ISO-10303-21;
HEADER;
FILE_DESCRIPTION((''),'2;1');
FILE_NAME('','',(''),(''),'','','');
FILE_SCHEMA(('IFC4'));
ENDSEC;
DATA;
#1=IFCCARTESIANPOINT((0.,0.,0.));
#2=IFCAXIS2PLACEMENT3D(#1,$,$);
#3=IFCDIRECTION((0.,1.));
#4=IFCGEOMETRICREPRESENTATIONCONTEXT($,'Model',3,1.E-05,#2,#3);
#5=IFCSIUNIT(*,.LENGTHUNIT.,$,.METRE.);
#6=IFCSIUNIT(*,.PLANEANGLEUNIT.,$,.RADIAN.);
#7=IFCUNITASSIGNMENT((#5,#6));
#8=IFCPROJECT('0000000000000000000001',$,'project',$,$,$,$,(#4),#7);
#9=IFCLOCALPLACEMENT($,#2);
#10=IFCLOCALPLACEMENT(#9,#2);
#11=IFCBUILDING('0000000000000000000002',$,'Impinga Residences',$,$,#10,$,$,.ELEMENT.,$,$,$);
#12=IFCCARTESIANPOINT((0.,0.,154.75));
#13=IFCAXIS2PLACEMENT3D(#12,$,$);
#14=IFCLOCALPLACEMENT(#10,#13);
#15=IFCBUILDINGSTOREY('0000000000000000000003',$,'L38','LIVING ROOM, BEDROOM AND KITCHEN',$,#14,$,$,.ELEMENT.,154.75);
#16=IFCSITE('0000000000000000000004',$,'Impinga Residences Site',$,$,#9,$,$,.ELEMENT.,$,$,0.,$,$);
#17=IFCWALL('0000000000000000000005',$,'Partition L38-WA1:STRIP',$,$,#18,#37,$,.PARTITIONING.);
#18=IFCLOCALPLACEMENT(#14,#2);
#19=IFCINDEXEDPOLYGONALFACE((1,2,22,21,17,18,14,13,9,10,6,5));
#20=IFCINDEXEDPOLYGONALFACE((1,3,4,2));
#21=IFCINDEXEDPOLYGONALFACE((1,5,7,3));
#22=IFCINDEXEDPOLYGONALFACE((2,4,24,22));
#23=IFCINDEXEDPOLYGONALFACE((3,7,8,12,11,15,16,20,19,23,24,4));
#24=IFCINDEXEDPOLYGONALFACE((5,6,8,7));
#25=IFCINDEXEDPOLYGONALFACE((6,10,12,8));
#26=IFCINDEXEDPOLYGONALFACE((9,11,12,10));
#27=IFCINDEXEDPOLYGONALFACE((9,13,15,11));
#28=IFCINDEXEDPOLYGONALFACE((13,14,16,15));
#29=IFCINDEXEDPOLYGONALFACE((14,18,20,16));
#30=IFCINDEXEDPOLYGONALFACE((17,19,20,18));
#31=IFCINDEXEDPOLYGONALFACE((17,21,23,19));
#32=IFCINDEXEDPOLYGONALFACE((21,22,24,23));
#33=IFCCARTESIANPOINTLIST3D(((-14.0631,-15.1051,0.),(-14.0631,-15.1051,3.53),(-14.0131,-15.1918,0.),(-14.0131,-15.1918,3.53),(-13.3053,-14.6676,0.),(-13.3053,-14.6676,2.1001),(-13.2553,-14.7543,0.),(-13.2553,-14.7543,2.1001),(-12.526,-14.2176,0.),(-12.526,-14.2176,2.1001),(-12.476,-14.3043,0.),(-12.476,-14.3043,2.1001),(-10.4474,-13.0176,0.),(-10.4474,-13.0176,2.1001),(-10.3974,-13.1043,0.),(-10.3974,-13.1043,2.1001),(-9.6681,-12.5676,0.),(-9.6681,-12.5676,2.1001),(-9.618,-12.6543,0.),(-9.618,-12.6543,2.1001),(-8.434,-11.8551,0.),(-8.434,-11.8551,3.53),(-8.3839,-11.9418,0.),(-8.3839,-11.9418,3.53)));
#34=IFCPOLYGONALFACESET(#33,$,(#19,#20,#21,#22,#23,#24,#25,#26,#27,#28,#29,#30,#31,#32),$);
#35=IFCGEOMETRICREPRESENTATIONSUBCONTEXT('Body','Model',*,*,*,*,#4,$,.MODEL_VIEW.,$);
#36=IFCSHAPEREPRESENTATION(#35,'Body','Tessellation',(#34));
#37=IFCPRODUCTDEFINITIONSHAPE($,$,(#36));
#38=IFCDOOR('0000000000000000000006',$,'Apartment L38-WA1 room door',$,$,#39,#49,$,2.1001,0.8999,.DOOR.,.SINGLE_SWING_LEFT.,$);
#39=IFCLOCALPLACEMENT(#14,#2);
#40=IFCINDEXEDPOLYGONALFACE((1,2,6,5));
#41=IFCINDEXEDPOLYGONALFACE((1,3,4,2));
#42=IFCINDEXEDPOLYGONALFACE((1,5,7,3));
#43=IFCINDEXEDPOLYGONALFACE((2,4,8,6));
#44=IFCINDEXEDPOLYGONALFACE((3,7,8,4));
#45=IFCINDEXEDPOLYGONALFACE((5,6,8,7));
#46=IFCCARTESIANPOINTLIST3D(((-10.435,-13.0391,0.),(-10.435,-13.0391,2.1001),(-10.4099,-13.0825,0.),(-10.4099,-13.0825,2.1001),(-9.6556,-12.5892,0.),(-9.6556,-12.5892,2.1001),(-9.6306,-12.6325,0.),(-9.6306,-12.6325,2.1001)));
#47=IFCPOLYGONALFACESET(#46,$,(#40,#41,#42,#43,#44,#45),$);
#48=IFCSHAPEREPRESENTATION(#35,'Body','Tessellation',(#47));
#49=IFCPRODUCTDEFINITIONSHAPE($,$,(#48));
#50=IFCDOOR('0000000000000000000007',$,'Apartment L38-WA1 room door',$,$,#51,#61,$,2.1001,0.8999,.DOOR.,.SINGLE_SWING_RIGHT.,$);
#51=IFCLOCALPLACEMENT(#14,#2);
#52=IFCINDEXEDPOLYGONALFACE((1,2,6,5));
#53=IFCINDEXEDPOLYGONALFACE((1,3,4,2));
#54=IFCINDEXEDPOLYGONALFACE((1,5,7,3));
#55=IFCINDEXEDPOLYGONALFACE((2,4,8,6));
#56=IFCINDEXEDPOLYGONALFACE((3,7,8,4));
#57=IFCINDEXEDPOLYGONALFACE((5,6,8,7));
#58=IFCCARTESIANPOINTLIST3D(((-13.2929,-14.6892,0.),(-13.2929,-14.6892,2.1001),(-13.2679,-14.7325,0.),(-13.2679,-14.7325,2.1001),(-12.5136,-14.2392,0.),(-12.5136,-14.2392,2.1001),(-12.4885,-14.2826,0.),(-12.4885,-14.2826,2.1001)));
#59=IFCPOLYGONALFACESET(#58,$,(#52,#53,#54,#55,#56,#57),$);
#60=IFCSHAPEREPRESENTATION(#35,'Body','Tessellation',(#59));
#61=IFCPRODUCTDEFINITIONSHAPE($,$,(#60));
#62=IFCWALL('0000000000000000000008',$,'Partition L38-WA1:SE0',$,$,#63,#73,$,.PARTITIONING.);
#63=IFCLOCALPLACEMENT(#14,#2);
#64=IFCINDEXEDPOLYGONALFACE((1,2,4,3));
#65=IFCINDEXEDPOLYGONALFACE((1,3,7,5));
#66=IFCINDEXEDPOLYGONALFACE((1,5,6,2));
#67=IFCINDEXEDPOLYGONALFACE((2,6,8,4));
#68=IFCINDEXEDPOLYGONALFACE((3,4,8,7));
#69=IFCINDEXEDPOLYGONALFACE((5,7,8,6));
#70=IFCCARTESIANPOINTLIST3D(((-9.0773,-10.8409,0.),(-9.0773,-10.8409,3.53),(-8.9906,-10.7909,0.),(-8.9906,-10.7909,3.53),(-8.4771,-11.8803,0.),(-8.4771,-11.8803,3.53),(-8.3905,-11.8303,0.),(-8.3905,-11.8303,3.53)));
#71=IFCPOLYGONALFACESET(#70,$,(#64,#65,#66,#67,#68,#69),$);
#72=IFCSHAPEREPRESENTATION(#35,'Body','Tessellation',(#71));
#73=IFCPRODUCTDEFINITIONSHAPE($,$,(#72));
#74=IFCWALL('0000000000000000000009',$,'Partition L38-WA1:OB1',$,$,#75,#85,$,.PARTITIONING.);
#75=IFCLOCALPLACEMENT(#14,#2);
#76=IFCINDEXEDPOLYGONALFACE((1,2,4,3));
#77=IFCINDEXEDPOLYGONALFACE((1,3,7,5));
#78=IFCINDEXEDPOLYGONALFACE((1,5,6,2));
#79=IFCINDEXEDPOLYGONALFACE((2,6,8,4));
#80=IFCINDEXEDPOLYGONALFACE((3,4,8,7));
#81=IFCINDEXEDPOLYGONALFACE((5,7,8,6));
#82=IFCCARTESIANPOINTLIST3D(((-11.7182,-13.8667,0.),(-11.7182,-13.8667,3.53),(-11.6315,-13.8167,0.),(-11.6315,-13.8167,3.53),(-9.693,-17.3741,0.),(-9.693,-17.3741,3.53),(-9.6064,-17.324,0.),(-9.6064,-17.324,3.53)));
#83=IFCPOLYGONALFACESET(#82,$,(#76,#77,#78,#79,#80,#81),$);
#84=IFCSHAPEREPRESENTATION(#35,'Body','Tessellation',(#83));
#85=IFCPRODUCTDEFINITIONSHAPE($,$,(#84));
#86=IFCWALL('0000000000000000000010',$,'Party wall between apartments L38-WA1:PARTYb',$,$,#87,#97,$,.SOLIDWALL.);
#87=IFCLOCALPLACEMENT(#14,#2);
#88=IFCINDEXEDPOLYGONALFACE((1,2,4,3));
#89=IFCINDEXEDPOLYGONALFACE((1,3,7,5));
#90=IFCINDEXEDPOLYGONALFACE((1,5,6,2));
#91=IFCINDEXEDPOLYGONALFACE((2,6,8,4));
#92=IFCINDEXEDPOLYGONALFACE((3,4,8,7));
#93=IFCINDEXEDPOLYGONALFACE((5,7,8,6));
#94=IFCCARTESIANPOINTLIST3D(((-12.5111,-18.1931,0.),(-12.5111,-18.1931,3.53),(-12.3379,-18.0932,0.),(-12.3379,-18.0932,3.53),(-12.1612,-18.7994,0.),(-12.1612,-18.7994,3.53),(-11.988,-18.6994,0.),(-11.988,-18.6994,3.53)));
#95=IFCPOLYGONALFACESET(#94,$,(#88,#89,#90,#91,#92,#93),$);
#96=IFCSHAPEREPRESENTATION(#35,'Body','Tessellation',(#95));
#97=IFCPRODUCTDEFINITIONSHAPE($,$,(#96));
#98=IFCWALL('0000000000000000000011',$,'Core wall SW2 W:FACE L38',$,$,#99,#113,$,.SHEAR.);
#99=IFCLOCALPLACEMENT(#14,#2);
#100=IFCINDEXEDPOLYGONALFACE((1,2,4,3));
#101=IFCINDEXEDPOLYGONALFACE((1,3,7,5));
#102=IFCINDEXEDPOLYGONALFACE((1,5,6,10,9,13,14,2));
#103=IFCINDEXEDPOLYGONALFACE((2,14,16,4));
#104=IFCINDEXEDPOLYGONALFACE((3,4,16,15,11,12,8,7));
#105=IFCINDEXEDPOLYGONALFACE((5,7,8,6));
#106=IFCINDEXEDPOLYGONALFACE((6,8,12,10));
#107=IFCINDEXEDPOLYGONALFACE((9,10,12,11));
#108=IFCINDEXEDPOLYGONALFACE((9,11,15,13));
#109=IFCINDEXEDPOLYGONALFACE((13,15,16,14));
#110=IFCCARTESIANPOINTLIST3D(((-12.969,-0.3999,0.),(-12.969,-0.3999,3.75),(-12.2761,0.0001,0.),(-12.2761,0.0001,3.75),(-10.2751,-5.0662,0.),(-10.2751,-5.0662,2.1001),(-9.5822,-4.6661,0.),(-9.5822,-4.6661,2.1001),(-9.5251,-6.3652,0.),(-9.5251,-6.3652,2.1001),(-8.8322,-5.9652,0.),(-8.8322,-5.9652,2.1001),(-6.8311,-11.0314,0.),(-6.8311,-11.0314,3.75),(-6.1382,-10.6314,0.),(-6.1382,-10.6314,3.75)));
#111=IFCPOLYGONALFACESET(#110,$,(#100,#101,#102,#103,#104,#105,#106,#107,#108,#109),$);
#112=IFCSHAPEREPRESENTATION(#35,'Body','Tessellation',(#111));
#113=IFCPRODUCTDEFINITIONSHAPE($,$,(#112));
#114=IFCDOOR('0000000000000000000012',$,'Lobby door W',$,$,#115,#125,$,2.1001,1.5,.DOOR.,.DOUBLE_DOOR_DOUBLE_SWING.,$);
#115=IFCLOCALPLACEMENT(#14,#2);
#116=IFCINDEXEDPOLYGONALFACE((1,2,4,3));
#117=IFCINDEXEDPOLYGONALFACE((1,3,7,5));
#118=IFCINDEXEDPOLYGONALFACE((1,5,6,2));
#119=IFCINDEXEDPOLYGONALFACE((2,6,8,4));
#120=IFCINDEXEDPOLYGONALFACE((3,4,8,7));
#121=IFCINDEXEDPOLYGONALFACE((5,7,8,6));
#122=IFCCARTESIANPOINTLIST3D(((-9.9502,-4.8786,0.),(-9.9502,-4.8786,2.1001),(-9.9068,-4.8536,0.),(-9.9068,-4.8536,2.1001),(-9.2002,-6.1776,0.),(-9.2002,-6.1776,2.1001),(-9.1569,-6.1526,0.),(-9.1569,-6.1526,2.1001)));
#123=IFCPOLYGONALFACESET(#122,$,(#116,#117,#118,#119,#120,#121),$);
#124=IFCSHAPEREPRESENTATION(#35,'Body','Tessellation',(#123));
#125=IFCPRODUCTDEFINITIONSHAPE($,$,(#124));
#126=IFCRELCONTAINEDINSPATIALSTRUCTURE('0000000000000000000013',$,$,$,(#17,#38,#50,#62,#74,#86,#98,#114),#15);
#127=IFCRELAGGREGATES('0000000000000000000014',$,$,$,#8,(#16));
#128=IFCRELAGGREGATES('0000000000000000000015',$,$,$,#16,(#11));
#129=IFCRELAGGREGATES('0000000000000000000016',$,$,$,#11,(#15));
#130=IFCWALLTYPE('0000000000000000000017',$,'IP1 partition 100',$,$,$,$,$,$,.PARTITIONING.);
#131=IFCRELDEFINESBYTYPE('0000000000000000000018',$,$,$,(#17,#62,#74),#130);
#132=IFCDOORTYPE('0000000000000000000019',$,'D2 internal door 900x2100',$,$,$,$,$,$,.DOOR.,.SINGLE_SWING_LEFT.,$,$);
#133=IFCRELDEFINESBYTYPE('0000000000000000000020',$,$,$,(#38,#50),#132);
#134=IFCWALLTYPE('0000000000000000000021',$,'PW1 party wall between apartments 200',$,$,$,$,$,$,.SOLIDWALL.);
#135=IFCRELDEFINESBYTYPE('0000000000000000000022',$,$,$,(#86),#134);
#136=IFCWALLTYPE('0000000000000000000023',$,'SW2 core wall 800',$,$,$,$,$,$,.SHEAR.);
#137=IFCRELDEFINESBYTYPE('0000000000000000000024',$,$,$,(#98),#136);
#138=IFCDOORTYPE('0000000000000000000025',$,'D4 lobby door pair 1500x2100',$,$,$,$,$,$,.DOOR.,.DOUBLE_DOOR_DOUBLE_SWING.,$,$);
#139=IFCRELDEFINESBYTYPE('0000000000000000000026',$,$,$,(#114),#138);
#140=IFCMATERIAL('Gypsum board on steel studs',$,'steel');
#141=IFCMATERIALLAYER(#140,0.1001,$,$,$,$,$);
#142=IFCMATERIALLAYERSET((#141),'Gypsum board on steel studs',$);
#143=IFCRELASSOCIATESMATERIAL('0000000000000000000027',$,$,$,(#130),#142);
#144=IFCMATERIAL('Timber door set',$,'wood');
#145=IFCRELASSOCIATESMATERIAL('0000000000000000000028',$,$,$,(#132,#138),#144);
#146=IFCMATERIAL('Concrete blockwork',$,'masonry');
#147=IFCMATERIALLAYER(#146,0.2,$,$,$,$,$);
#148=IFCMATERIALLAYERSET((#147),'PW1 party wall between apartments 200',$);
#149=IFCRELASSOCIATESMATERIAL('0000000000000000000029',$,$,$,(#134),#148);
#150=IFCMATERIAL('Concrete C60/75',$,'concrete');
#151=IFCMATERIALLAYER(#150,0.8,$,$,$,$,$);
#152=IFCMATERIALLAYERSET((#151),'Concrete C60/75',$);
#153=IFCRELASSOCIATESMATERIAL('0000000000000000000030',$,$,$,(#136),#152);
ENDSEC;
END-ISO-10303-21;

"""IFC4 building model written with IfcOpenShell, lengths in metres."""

from ifc_helpers import new_model, si_unit, direction, frame, frame_2d, origin, place, context, subcontext, project, spatial, rectangle, extrude, material, layer, layer_set, type_object, element, fill, save


model = new_model("IFC4")

# Units and contexts
model_context = context("Model", 3, precision=1e-05, world=origin(), true_north=direction((0.0, 1.0)))
body_context = subcontext(model_context, "Body", "Model", "MODEL_VIEW")
ifc_project = project(units=[si_unit("LENGTHUNIT", "METRE"), si_unit("PLANEANGLEUNIT", "RADIAN")], contexts=[model_context])

# Site, building, storey
site_placement = place(None, origin())
site = spatial("IfcSite", under=ifc_project, at=site_placement, Name="Impinga Residences Site", CompositionType="ELEMENT", RefElevation=0.0)
building_placement = place(site_placement, origin())
building = spatial("IfcBuilding", under=site, at=building_placement, Name="Impinga Residences", CompositionType="ELEMENT")
storey_placement = place(building_placement, frame((0.0, 0.0, 154.75)))
storey = spatial("IfcBuildingStorey", under=building, at=storey_placement, Name="L38", Description="LIVING ROOM, BEDROOM AND KITCHEN", CompositionType="ELEMENT", Elevation=154.75)

# Shared definitions
ifc_material_1 = material(Name="Concrete C60/75", Category="concrete")

# Shared definitions
ifc_material_2 = material(Name="Gypsum board on steel studs", Category="steel")
ifc_layer_1 = layer(ifc_material_2, 0.1001)
ifc_layer_set_1 = layer_set([ifc_layer_1], Name="Gypsum board on steel studs")
wall_type_1 = type_object("IfcWallType", Name="IP1 partition 100", PredefinedType="PARTITIONING", material=ifc_layer_set_1)

# Wall, openings, doors
wall_1_placement = place(storey_placement, frame((-8.4089, -11.8984, 0.0), z_axis=(0.0, 0.0, 1.0), x_axis=(-0.866025, -0.500001, 0.0)))
wall_1 = element("IfcWall", 1, at=wall_1_placement, inside=storey, type_object=wall_type_1, Name="Partition L38-WA1:STRIP", PredefinedType="PARTITIONING", context=body_context, shape_type="SweptSolid", body=[
    extrude(rectangle(XDim=6.5, YDim=0.1001, at=frame_2d((3.25, 0.0))), origin(), (0.0, 0.0, 1.0), 3.53),
])
opening_1_placement = place(wall_1_placement, frame((1.425, 0.0, 0.0)))
opening_1 = element("IfcOpeningElement", 2, at=opening_1_placement, cuts=wall_1, PredefinedType="OPENING", context=body_context, shape_type="SweptSolid", body=[
    extrude(rectangle(XDim=0.8999, YDim=2.1001, at=frame_2d((0.45, 1.05))), frame((0.0, 0.0601, 0.0), z_axis=(0.0, -1.0, 0.0), x_axis=(1.0, 0.0, 0.0)), (0.0, 0.0, 1.0), 0.1201),
])
opening_2_placement = place(wall_1_placement, frame((4.7251, 0.0, 0.0)))
opening_2 = element("IfcOpeningElement", 3, at=opening_2_placement, cuts=wall_1, PredefinedType="OPENING", context=body_context, shape_type="SweptSolid", body=[
    extrude(rectangle(XDim=0.8999, YDim=2.1001, at=frame_2d((0.45, 1.05))), frame((0.0, 0.0601, 0.0), z_axis=(0.0, -1.0, 0.0), x_axis=(1.0, 0.0, 0.0)), (0.0, 0.0, 1.0), 0.1201),
])
ifc_material_3 = material(Name="Timber door set", Category="wood")
door_type_1 = type_object("IfcDoorType", Name="D2 internal door 900x2100", OperationType="SINGLE_SWING_LEFT", PredefinedType="DOOR", material=ifc_material_3)
door_1_placement = place(opening_1_placement, origin())
door_1 = element("IfcDoor", 4, at=door_1_placement, inside=storey, type_object=door_type_1, Name="Apartment L38-WA1 room door", OperationType="SINGLE_SWING_LEFT", OverallHeight=2.1001, OverallWidth=0.8999, PredefinedType="DOOR", context=body_context, shape_type="SweptSolid", body=[
    extrude(rectangle(XDim=0.8999, YDim=2.1001, at=frame_2d((0.45, 1.05))), frame((0.0, 0.0249, 0.0), z_axis=(0.0, -1.0, 0.0), x_axis=(1.0, 0.0, 0.0)), (0.0, 0.0, 1.0), 0.05),
])
fill(opening_1, door_1)
door_2_placement = place(opening_2_placement, origin())
door_2 = element("IfcDoor", 5, at=door_2_placement, inside=storey, type_object=door_type_1, Name="Apartment L38-WA1 room door", OperationType="SINGLE_SWING_RIGHT", OverallHeight=2.1001, OverallWidth=0.8999, PredefinedType="DOOR", context=body_context, shape_type="SweptSolid", body=[
    extrude(rectangle(XDim=0.8999, YDim=2.1001, at=frame_2d((0.45, 1.05))), frame((0.0, 0.0249, 0.0), z_axis=(0.0, -1.0, 0.0), x_axis=(1.0, 0.0, 0.0)), (0.0, 0.0, 1.0), 0.05),
])
fill(opening_2, door_2)

# Walls
wall_2_placement = place(storey_placement, frame((-9.0339, -10.8159, 0.0), z_axis=(0.0, 0.0, 1.0), x_axis=(0.500034, -0.866006, 0.0)))
element("IfcWall", 6, at=wall_2_placement, inside=storey, type_object=wall_type_1, Name="Partition L38-WA1:SE0", PredefinedType="PARTITIONING", context=body_context, shape_type="SweptSolid", body=[
    extrude(rectangle(XDim=1.2002, YDim=0.1001, at=frame_2d((0.6001, 0.0))), origin(), (0.0, 0.0, 1.0), 3.53),
])
wall_3_placement = place(storey_placement, frame((-11.6748, -13.8418, 0.0), z_axis=(0.0, 0.0, 1.0), x_axis=(0.500036, -0.866005, 0.0)))
element("IfcWall", 7, at=wall_3_placement, inside=storey, type_object=wall_type_1, Name="Partition L38-WA1:OB1", PredefinedType="PARTITIONING", context=body_context, shape_type="SweptSolid", body=[
    extrude(rectangle(XDim=4.05, YDim=0.1001, at=frame_2d((2.0249, 0.0))), origin(), (0.0, 0.0, 1.0), 3.53),
])
ifc_material_4 = material(Name="Concrete blockwork", Category="masonry")
ifc_layer_2 = layer(ifc_material_4, 0.2)
ifc_layer_set_2 = layer_set([ifc_layer_2], Name="PW1 party wall between apartments 200")
wall_type_2 = type_object("IfcWallType", Name="PW1 party wall between apartments 200", PredefinedType="SOLIDWALL", material=ifc_layer_set_2)
wall_4_placement = place(storey_placement, frame((-12.4246, -18.1431, 0.0), z_axis=(0.0, 0.0, 1.0), x_axis=(0.499853, -0.86611, 0.0)))
element("IfcWall", 8, at=wall_4_placement, inside=storey, type_object=wall_type_2, Name="Party wall between apartments L38-WA1:PARTYb", PredefinedType="SOLIDWALL", context=body_context, shape_type="SweptSolid", body=[
    extrude(rectangle(XDim=0.7, YDim=0.2, at=frame_2d((0.3501, 0.0))), origin(), (0.0, 0.0, 1.0), 3.53),
])

# Wall, opening, door
ifc_layer_3 = layer(ifc_material_1, 0.8)
ifc_layer_set_3 = layer_set([ifc_layer_3], Name="Concrete C60/75")
wall_type_3 = type_object("IfcWallType", Name="SW2 core wall 800", PredefinedType="SHEAR", material=ifc_layer_set_3)
wall_5_placement = place(storey_placement, frame((-6.4846, -10.8315, 0.0), z_axis=(0.0, 0.0, 1.0), x_axis=(-0.499987, 0.866033, 0.0)))
wall_5 = element("IfcWall", 9, at=wall_5_placement, inside=storey, type_object=wall_type_3, Name="Core wall SW2 W:FACE L38", PredefinedType="SHEAR", context=body_context, shape_type="SweptSolid", body=[
    extrude(rectangle(XDim=12.2761, YDim=0.8, at=frame_2d((6.1382, 0.0))), origin(), (0.0, 0.0, 1.0), 3.75),
])
opening_3_placement = place(wall_5_placement, frame((5.3882, 0.0, 0.0)))
opening_3 = element("IfcOpeningElement", 10, at=opening_3_placement, cuts=wall_5, PredefinedType="OPENING", context=body_context, shape_type="SweptSolid", body=[
    extrude(rectangle(XDim=1.5, YDim=2.1001, at=frame_2d((0.75, 1.05))), frame((0.0, 0.4099, 0.0), z_axis=(0.0, -1.0, 0.0), x_axis=(1.0, 0.0, 0.0)), (0.0, 0.0, 1.0), 0.8201),
])
door_type_2 = type_object("IfcDoorType", Name="D4 lobby door pair 1500x2100", OperationType="DOUBLE_DOOR_DOUBLE_SWING", PredefinedType="DOOR", material=ifc_material_3)
door_3_placement = place(opening_3_placement, origin())
door_3 = element("IfcDoor", 11, at=door_3_placement, inside=storey, type_object=door_type_2, Name="Lobby door W", OperationType="DOUBLE_DOOR_DOUBLE_SWING", OverallHeight=2.1001, OverallWidth=1.5, PredefinedType="DOOR", context=body_context, shape_type="SweptSolid", body=[
    extrude(rectangle(XDim=1.5, YDim=2.1001, at=frame_2d((0.75, 1.05))), frame((0.0, 0.0249, 0.0), z_axis=(0.0, -1.0, 0.0), x_axis=(1.0, 0.0, 0.0)), (0.0, 0.0, 1.0), 0.05),
])
fill(opening_3, door_3)

save(model, "model.ifc")
